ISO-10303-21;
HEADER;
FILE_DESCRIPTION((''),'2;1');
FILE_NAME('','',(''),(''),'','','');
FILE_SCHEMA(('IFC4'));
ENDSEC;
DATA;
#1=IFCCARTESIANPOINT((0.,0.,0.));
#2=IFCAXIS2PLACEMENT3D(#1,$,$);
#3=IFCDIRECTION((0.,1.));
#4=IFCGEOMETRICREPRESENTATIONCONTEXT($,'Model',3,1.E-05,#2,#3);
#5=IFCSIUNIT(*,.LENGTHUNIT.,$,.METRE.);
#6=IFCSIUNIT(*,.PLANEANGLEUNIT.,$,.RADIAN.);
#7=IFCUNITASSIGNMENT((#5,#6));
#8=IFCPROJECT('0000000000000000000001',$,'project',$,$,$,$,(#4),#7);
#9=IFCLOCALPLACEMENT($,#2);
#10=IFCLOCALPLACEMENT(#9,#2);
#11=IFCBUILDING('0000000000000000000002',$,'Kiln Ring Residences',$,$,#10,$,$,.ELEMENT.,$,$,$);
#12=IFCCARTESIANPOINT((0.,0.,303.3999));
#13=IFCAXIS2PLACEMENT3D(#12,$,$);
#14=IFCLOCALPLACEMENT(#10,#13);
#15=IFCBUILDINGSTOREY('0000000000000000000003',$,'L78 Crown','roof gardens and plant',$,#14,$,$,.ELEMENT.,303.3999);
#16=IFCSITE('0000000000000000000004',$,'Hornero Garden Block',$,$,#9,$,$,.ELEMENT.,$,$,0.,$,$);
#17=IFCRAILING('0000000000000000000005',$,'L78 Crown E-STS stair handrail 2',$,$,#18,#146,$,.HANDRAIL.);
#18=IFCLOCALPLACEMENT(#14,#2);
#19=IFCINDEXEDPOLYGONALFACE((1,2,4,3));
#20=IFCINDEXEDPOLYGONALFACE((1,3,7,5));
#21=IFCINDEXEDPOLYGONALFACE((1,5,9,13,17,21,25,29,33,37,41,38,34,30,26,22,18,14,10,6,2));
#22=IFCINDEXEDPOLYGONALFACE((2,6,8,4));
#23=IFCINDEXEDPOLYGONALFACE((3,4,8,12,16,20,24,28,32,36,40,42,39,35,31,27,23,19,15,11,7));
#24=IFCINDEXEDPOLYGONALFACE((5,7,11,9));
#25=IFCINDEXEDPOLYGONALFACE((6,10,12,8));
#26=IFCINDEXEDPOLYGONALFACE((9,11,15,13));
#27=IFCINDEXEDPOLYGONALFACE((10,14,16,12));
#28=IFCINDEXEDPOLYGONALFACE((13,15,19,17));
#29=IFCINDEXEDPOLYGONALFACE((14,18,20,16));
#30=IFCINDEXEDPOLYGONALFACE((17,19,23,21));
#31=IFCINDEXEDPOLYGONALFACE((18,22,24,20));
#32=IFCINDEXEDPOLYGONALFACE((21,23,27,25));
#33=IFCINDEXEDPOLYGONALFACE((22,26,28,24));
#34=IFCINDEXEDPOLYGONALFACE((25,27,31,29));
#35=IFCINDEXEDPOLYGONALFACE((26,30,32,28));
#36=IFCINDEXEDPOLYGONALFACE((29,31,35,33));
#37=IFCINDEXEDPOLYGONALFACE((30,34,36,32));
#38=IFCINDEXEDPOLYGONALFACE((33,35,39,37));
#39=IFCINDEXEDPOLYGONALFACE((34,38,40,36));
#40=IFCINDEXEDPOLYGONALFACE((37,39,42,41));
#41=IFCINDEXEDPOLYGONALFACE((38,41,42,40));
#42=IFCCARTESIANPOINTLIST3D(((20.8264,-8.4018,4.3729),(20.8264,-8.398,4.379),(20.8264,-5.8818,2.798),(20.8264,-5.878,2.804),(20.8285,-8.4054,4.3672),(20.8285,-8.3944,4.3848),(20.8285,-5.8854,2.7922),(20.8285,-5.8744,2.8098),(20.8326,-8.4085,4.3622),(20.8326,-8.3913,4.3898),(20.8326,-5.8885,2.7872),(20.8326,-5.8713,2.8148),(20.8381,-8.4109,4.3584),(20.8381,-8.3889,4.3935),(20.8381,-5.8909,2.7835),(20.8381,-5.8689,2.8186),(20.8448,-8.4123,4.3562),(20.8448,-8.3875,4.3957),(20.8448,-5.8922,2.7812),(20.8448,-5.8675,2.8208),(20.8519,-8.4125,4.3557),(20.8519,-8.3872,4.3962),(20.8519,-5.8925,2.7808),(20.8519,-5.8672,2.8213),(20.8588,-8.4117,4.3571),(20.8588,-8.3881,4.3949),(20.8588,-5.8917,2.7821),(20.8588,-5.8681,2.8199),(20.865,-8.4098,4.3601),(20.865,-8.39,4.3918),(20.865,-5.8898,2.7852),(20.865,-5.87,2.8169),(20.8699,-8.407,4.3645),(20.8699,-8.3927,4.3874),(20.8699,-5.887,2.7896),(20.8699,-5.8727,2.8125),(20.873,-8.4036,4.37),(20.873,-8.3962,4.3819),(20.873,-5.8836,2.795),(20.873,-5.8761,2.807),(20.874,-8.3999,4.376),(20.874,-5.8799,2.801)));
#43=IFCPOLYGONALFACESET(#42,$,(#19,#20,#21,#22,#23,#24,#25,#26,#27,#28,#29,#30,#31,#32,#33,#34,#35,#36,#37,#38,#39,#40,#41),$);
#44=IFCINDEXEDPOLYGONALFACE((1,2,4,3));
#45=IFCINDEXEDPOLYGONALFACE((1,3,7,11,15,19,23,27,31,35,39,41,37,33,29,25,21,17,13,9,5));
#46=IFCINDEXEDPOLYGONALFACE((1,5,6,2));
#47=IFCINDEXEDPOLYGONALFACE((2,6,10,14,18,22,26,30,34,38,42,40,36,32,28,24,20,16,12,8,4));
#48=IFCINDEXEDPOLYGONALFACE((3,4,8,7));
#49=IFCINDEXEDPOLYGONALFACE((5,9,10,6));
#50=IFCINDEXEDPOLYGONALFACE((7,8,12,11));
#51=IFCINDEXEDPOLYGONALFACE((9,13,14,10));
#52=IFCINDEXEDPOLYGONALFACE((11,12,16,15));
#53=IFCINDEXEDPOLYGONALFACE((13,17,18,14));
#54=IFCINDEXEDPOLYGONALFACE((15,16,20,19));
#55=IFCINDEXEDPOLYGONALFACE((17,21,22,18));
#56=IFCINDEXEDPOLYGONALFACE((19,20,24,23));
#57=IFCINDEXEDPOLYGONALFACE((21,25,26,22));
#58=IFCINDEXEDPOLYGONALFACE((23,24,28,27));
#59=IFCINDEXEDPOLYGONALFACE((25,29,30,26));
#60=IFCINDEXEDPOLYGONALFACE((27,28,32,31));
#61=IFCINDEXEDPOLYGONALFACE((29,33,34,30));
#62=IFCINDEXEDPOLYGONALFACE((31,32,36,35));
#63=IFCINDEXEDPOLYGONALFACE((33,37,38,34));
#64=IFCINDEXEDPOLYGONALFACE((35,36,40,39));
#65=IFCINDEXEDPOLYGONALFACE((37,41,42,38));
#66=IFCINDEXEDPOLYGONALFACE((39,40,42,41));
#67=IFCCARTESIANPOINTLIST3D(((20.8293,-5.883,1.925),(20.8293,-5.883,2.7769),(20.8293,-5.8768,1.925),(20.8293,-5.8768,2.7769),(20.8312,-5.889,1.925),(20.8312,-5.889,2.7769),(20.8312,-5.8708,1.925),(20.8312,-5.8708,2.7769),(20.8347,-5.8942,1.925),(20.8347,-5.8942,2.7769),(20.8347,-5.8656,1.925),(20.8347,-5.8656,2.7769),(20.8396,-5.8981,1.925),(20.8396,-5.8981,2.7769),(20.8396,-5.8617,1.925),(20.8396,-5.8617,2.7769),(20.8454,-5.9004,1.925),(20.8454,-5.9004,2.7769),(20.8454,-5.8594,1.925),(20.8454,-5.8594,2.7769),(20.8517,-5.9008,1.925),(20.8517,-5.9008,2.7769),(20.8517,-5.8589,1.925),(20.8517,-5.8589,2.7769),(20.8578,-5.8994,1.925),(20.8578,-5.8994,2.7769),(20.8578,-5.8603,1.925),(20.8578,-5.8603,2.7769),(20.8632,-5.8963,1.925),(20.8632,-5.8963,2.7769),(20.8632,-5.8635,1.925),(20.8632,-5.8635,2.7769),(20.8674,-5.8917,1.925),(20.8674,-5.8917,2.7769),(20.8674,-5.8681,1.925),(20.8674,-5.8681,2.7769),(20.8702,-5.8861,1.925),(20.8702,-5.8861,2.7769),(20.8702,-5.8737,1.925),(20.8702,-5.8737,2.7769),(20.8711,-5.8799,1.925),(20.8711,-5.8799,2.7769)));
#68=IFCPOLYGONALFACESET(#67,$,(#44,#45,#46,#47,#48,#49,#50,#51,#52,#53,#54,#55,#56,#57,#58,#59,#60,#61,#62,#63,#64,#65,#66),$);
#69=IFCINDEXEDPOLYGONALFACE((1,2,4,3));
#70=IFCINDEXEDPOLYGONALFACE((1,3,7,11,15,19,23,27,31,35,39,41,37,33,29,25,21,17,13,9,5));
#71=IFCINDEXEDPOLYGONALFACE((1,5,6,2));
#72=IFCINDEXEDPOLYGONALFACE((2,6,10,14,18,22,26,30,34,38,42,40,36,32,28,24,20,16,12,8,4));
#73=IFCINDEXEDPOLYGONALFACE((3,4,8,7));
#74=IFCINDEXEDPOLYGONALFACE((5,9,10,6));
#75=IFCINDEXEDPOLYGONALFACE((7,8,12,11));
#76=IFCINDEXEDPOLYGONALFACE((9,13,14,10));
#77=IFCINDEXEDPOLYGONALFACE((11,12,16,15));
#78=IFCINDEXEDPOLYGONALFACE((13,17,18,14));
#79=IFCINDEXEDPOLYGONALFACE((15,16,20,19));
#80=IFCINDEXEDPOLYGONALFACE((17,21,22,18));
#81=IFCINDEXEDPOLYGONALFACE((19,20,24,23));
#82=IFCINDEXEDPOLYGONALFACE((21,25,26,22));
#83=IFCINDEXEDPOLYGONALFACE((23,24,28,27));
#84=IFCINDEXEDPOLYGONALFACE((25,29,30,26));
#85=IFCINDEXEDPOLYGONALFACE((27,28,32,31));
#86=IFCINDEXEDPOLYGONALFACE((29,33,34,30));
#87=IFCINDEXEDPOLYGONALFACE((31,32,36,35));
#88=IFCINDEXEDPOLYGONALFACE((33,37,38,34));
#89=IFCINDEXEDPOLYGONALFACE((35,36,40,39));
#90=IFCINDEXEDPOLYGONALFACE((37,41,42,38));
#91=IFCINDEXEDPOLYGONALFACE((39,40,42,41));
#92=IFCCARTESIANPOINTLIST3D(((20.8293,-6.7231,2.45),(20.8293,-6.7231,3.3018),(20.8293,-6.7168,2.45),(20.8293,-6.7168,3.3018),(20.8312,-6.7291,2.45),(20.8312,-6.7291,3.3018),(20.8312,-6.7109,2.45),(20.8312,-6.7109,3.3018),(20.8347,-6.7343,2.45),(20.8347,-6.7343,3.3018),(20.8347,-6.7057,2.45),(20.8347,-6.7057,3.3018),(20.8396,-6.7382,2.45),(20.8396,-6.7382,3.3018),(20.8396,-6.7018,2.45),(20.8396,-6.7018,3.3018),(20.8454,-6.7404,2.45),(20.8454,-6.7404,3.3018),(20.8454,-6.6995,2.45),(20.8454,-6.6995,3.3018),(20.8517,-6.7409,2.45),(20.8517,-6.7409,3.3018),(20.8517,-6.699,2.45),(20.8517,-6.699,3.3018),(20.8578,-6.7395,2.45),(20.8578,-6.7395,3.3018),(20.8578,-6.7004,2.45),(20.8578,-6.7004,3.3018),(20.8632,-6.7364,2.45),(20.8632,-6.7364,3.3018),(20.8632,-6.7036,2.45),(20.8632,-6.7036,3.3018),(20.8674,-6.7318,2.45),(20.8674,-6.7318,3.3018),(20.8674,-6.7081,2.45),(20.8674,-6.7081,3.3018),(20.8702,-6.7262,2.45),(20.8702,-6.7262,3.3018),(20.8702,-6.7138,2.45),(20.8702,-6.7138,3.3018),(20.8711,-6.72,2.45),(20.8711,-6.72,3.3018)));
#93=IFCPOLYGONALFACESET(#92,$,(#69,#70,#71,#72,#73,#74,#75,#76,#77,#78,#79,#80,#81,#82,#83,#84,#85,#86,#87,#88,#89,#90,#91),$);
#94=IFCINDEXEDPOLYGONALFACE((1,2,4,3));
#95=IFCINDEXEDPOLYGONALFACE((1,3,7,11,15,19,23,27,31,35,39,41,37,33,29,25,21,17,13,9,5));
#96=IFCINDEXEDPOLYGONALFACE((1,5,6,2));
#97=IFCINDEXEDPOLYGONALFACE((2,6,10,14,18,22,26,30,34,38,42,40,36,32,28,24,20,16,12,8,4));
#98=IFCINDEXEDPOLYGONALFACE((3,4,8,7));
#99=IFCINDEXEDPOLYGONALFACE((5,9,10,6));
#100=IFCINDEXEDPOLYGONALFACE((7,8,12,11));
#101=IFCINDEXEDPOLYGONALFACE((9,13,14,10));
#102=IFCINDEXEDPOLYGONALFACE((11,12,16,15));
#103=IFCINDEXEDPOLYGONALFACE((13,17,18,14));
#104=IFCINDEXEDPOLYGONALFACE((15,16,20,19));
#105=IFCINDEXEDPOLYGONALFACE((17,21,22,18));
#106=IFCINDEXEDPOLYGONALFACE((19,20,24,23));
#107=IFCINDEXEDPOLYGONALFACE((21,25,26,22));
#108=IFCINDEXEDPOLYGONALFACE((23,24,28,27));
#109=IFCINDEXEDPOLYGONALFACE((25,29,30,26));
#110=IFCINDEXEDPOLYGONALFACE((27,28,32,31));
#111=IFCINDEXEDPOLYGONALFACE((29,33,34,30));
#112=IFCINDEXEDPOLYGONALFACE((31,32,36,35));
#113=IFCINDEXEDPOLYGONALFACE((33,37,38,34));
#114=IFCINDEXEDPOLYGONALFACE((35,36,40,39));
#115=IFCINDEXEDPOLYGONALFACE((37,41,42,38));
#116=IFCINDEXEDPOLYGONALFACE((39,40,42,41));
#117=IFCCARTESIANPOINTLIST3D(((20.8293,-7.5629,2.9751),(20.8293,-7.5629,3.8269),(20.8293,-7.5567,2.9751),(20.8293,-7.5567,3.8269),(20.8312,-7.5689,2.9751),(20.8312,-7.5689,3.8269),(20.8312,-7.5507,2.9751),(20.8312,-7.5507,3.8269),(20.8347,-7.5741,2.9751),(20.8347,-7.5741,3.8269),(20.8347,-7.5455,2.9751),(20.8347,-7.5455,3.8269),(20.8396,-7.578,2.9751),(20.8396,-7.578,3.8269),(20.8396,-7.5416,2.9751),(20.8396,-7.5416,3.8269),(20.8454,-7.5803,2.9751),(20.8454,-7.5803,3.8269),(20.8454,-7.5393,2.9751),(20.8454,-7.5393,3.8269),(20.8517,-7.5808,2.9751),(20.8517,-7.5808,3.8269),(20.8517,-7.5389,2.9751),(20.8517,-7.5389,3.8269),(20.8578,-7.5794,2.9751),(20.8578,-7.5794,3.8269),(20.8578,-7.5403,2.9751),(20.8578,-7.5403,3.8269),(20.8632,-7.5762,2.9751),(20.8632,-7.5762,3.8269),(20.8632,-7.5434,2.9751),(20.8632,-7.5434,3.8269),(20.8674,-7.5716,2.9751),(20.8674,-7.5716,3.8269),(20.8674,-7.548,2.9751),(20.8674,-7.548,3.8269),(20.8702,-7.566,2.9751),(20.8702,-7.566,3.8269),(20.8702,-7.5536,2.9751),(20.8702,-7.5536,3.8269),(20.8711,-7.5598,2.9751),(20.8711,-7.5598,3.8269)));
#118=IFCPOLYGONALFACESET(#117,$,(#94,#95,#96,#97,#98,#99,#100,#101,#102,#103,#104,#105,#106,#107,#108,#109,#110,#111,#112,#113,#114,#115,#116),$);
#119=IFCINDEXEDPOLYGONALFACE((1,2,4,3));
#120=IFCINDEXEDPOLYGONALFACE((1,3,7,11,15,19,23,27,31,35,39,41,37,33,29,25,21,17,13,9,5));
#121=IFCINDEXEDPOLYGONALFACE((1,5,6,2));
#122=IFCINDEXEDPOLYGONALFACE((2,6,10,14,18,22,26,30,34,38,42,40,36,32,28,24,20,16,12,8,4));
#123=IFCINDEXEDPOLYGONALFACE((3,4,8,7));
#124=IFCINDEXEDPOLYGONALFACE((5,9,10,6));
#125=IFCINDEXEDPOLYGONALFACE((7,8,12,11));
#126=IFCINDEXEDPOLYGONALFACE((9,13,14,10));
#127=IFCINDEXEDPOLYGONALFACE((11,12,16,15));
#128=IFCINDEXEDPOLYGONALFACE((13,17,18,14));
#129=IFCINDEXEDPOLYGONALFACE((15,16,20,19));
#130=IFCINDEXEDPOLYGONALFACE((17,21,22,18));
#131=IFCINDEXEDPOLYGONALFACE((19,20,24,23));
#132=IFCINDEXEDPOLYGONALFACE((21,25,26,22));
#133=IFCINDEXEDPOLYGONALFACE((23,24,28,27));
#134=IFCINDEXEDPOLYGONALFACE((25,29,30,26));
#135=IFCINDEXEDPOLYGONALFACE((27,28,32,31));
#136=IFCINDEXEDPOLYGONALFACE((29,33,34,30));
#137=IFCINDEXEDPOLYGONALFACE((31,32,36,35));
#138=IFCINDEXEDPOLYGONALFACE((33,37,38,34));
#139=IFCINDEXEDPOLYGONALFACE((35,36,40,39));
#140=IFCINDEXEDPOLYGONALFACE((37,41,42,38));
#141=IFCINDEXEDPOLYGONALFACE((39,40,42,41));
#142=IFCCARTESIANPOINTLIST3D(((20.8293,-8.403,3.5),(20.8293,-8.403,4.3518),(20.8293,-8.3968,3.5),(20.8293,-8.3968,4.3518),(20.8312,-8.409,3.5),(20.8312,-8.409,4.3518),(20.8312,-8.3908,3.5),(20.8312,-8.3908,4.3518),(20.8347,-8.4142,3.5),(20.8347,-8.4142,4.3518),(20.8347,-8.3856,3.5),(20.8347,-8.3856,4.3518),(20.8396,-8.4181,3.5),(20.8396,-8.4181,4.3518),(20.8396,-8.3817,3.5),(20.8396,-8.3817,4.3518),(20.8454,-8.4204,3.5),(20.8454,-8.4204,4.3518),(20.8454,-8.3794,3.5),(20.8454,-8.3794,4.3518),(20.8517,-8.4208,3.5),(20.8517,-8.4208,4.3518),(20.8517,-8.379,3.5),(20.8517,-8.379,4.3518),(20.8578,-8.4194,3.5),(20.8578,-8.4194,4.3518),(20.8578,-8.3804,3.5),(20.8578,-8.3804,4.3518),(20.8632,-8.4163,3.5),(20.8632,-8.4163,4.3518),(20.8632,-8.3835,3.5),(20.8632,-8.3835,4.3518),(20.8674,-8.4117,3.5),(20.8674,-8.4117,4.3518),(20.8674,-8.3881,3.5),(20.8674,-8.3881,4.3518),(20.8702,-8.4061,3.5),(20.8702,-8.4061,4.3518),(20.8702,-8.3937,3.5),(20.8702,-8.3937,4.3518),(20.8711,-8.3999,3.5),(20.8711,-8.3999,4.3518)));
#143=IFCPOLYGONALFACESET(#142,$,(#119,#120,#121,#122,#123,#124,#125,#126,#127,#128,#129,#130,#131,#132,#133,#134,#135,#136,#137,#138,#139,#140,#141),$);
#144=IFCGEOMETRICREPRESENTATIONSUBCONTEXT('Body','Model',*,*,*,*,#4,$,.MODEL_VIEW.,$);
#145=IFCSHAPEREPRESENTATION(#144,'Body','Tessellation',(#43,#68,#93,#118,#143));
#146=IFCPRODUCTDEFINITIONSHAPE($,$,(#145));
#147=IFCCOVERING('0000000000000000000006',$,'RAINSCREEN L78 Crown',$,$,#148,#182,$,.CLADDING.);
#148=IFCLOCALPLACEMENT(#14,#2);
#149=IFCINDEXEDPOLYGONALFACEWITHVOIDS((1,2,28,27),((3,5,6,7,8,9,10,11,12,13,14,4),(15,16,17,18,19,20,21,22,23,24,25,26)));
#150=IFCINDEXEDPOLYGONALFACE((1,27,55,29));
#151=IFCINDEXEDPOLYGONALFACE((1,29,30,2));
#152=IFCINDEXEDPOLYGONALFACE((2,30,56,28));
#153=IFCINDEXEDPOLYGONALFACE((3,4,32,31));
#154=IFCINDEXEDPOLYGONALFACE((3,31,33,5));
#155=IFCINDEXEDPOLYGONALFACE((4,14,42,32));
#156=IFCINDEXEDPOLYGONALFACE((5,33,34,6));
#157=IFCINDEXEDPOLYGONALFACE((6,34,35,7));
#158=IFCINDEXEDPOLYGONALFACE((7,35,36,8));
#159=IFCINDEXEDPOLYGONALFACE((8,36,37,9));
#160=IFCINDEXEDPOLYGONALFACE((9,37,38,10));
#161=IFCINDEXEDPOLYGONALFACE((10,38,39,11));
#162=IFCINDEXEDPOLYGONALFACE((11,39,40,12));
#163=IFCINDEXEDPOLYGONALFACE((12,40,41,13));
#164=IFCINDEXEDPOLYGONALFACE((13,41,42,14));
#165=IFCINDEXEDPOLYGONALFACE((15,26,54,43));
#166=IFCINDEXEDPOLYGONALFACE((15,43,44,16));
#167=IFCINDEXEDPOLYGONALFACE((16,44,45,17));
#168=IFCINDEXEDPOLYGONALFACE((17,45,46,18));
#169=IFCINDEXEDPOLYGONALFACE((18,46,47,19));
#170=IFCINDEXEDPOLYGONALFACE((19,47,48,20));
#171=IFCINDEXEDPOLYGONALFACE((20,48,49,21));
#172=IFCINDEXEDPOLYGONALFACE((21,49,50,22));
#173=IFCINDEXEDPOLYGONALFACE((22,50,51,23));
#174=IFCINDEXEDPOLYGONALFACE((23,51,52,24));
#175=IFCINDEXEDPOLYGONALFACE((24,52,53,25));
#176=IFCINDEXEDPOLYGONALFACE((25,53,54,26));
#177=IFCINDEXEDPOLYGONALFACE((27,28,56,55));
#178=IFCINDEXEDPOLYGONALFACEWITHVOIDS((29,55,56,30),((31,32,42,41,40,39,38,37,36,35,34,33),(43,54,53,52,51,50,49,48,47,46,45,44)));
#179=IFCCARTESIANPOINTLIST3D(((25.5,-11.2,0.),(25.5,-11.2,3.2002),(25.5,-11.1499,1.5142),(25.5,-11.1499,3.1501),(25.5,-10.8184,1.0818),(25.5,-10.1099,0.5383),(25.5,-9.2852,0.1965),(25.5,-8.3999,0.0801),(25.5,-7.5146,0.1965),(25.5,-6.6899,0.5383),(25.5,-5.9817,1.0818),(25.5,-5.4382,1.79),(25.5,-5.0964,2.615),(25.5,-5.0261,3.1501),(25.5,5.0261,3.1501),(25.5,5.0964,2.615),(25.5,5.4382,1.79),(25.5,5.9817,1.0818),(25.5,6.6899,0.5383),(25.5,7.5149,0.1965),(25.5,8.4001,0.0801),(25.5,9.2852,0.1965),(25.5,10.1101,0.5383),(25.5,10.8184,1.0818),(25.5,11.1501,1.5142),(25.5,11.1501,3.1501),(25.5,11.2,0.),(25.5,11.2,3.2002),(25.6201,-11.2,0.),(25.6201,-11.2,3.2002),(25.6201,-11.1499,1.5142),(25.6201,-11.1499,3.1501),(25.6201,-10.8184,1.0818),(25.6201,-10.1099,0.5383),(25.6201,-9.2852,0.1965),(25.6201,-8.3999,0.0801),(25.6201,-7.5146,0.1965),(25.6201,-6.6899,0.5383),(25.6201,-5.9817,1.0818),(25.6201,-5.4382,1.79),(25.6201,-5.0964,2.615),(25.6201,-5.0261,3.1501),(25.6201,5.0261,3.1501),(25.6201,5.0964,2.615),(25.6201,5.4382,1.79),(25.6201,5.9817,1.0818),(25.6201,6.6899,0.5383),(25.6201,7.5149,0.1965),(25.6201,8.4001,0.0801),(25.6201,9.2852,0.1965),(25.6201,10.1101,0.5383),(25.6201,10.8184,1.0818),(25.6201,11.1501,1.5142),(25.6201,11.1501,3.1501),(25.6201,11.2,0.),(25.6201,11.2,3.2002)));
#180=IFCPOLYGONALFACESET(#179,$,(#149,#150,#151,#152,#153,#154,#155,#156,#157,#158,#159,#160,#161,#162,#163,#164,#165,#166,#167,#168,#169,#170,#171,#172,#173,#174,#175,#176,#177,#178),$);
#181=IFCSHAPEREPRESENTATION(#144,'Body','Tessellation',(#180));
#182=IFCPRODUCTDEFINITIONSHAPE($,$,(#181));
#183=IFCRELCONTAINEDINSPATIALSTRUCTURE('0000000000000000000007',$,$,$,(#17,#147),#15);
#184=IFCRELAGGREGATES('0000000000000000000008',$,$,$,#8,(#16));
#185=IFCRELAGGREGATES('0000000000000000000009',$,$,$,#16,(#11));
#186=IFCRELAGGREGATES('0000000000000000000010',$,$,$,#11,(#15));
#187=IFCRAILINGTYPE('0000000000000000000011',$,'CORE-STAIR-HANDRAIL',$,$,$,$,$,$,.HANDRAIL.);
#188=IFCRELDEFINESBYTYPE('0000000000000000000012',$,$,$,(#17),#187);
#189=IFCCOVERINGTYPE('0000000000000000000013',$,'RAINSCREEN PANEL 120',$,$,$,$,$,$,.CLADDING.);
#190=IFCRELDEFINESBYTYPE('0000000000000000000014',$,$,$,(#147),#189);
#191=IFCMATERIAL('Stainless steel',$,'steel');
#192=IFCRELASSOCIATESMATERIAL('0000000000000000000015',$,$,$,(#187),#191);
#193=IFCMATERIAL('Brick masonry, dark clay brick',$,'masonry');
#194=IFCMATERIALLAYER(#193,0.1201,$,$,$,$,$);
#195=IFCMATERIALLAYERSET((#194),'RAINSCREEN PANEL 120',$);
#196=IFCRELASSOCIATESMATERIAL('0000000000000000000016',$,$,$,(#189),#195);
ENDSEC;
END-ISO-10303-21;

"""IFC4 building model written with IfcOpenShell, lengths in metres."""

from ifc_helpers import new_model, si_unit, direction, frame, origin, origin_2d, place, context, subcontext, project, spatial, polyline, circle, outline, extrude, material, layer, layer_set, type_object, element, save


model = new_model("IFC4")

# Units and contexts
model_context = context("Model", 3, precision=1e-05, world=origin(), true_north=direction((0.0, 1.0)))
body_context = subcontext(model_context, "Body", "Model", "MODEL_VIEW")
ifc_project = project(units=[si_unit("LENGTHUNIT", "METRE"), si_unit("PLANEANGLEUNIT", "RADIAN")], contexts=[model_context])

# Site, building, storey
site_placement = place(None, origin())
site = spatial("IfcSite", under=ifc_project, at=site_placement, Name="Hornero Garden Block", CompositionType="ELEMENT", RefElevation=0.0)
building_placement = place(site_placement, origin())
building = spatial("IfcBuilding", under=site, at=building_placement, Name="Kiln Ring Residences", CompositionType="ELEMENT")
storey_placement = place(building_placement, frame((0.0, 0.0, 303.3999)))
storey = spatial("IfcBuildingStorey", under=building, at=storey_placement, Name="L78 Crown", Description="roof gardens and plant", CompositionType="ELEMENT", Elevation=303.3999)

# Railing
ifc_material_1 = material(Name="Stainless steel", Category="steel")
railing_type_1 = type_object("IfcRailingType", Name="CORE-STAIR-HANDRAIL", PredefinedType="HANDRAIL", material=ifc_material_1)
railing_1_placement = place(storey_placement, frame((20.8501, -5.8799, 1.925)))
element("IfcRailing", 1, at=railing_1_placement, inside=storey, type_object=railing_type_1, Name="L78 Crown E-STS stair handrail 2", PredefinedType="HANDRAIL", context=body_context, shape_type="SweptSolid", body=[
    extrude(circle(Radius=0.0239, at=origin_2d()), frame((0.0, 0.0, 0.876), z_axis=(0.0, -0.848008, 0.529984), x_axis=(1.0, 0.0, 0.0)), (0.0, 0.0, 1.0), 2.9717),
    extrude(circle(Radius=0.021, at=origin_2d()), origin(), (0.0, 0.0, 1.0), 0.8518),
    extrude(circle(Radius=0.021, at=origin_2d()), frame((0.0, -0.8401, 0.5249)), (0.0, 0.0, 1.0), 0.8518),
    extrude(circle(Radius=0.021, at=origin_2d()), frame((0.0, -1.6799, 1.05)), (0.0, 0.0, 1.0), 0.8518),
    extrude(circle(Radius=0.021, at=origin_2d()), frame((0.0, -2.52, 1.575)), (0.0, 0.0, 1.0), 0.8518),
])

# Covering
ifc_material_2 = material(Name="Brick masonry, dark clay brick", Category="masonry")
ifc_layer_1 = layer(ifc_material_2, 0.1201)
ifc_layer_set_1 = layer_set([ifc_layer_1], Name="RAINSCREEN PANEL 120")
covering_type = type_object("IfcCoveringType", Name="RAINSCREEN PANEL 120", PredefinedType="CLADDING", material=ifc_layer_set_1)
covering_placement = place(storey_placement, frame((25.5601, -11.2, 0.0), z_axis=(0.0, 0.0, 1.0), x_axis=(0.0, 1.0, 0.0)))
element("IfcCovering", 2, at=covering_placement, inside=storey, type_object=covering_type, Name="RAINSCREEN L78 Crown", PredefinedType="CLADDING", context=body_context, shape_type="SweptSolid", body=[
    extrude(outline(polyline([(0.0, 0.0), (22.3999, 0.0), (22.3999, 3.2002), (0.0, 3.2002), (0.0, 0.0)]), holes=[polyline([(5.2183, 1.0818), (5.7617, 1.79), (6.1035, 2.615), (6.1738, 3.1501), (0.05, 3.1501), (0.05, 1.5142), (0.3816, 1.0818), (1.0901, 0.5383), (1.9148, 0.1965), (2.8, 0.0801), (3.6853, 0.1965), (4.51, 0.5383), (5.2183, 1.0818)]), polyline([(22.0183, 1.0818), (22.3501, 1.5142), (22.3501, 3.1501), (16.2261, 3.1501), (16.2964, 2.615), (16.6382, 1.79), (17.1816, 1.0818), (17.8899, 0.5383), (18.7148, 0.1965), (19.6001, 0.0801), (20.4851, 0.1965), (21.3101, 0.5383), (22.0183, 1.0818)])]), frame((0.0, 0.0601, 0.0), z_axis=(0.0, -1.0, 0.0), x_axis=(1.0, 0.0, 0.0)), (0.0, 0.0, 1.0), 0.1201),
])

save(model, "model.ifc")
